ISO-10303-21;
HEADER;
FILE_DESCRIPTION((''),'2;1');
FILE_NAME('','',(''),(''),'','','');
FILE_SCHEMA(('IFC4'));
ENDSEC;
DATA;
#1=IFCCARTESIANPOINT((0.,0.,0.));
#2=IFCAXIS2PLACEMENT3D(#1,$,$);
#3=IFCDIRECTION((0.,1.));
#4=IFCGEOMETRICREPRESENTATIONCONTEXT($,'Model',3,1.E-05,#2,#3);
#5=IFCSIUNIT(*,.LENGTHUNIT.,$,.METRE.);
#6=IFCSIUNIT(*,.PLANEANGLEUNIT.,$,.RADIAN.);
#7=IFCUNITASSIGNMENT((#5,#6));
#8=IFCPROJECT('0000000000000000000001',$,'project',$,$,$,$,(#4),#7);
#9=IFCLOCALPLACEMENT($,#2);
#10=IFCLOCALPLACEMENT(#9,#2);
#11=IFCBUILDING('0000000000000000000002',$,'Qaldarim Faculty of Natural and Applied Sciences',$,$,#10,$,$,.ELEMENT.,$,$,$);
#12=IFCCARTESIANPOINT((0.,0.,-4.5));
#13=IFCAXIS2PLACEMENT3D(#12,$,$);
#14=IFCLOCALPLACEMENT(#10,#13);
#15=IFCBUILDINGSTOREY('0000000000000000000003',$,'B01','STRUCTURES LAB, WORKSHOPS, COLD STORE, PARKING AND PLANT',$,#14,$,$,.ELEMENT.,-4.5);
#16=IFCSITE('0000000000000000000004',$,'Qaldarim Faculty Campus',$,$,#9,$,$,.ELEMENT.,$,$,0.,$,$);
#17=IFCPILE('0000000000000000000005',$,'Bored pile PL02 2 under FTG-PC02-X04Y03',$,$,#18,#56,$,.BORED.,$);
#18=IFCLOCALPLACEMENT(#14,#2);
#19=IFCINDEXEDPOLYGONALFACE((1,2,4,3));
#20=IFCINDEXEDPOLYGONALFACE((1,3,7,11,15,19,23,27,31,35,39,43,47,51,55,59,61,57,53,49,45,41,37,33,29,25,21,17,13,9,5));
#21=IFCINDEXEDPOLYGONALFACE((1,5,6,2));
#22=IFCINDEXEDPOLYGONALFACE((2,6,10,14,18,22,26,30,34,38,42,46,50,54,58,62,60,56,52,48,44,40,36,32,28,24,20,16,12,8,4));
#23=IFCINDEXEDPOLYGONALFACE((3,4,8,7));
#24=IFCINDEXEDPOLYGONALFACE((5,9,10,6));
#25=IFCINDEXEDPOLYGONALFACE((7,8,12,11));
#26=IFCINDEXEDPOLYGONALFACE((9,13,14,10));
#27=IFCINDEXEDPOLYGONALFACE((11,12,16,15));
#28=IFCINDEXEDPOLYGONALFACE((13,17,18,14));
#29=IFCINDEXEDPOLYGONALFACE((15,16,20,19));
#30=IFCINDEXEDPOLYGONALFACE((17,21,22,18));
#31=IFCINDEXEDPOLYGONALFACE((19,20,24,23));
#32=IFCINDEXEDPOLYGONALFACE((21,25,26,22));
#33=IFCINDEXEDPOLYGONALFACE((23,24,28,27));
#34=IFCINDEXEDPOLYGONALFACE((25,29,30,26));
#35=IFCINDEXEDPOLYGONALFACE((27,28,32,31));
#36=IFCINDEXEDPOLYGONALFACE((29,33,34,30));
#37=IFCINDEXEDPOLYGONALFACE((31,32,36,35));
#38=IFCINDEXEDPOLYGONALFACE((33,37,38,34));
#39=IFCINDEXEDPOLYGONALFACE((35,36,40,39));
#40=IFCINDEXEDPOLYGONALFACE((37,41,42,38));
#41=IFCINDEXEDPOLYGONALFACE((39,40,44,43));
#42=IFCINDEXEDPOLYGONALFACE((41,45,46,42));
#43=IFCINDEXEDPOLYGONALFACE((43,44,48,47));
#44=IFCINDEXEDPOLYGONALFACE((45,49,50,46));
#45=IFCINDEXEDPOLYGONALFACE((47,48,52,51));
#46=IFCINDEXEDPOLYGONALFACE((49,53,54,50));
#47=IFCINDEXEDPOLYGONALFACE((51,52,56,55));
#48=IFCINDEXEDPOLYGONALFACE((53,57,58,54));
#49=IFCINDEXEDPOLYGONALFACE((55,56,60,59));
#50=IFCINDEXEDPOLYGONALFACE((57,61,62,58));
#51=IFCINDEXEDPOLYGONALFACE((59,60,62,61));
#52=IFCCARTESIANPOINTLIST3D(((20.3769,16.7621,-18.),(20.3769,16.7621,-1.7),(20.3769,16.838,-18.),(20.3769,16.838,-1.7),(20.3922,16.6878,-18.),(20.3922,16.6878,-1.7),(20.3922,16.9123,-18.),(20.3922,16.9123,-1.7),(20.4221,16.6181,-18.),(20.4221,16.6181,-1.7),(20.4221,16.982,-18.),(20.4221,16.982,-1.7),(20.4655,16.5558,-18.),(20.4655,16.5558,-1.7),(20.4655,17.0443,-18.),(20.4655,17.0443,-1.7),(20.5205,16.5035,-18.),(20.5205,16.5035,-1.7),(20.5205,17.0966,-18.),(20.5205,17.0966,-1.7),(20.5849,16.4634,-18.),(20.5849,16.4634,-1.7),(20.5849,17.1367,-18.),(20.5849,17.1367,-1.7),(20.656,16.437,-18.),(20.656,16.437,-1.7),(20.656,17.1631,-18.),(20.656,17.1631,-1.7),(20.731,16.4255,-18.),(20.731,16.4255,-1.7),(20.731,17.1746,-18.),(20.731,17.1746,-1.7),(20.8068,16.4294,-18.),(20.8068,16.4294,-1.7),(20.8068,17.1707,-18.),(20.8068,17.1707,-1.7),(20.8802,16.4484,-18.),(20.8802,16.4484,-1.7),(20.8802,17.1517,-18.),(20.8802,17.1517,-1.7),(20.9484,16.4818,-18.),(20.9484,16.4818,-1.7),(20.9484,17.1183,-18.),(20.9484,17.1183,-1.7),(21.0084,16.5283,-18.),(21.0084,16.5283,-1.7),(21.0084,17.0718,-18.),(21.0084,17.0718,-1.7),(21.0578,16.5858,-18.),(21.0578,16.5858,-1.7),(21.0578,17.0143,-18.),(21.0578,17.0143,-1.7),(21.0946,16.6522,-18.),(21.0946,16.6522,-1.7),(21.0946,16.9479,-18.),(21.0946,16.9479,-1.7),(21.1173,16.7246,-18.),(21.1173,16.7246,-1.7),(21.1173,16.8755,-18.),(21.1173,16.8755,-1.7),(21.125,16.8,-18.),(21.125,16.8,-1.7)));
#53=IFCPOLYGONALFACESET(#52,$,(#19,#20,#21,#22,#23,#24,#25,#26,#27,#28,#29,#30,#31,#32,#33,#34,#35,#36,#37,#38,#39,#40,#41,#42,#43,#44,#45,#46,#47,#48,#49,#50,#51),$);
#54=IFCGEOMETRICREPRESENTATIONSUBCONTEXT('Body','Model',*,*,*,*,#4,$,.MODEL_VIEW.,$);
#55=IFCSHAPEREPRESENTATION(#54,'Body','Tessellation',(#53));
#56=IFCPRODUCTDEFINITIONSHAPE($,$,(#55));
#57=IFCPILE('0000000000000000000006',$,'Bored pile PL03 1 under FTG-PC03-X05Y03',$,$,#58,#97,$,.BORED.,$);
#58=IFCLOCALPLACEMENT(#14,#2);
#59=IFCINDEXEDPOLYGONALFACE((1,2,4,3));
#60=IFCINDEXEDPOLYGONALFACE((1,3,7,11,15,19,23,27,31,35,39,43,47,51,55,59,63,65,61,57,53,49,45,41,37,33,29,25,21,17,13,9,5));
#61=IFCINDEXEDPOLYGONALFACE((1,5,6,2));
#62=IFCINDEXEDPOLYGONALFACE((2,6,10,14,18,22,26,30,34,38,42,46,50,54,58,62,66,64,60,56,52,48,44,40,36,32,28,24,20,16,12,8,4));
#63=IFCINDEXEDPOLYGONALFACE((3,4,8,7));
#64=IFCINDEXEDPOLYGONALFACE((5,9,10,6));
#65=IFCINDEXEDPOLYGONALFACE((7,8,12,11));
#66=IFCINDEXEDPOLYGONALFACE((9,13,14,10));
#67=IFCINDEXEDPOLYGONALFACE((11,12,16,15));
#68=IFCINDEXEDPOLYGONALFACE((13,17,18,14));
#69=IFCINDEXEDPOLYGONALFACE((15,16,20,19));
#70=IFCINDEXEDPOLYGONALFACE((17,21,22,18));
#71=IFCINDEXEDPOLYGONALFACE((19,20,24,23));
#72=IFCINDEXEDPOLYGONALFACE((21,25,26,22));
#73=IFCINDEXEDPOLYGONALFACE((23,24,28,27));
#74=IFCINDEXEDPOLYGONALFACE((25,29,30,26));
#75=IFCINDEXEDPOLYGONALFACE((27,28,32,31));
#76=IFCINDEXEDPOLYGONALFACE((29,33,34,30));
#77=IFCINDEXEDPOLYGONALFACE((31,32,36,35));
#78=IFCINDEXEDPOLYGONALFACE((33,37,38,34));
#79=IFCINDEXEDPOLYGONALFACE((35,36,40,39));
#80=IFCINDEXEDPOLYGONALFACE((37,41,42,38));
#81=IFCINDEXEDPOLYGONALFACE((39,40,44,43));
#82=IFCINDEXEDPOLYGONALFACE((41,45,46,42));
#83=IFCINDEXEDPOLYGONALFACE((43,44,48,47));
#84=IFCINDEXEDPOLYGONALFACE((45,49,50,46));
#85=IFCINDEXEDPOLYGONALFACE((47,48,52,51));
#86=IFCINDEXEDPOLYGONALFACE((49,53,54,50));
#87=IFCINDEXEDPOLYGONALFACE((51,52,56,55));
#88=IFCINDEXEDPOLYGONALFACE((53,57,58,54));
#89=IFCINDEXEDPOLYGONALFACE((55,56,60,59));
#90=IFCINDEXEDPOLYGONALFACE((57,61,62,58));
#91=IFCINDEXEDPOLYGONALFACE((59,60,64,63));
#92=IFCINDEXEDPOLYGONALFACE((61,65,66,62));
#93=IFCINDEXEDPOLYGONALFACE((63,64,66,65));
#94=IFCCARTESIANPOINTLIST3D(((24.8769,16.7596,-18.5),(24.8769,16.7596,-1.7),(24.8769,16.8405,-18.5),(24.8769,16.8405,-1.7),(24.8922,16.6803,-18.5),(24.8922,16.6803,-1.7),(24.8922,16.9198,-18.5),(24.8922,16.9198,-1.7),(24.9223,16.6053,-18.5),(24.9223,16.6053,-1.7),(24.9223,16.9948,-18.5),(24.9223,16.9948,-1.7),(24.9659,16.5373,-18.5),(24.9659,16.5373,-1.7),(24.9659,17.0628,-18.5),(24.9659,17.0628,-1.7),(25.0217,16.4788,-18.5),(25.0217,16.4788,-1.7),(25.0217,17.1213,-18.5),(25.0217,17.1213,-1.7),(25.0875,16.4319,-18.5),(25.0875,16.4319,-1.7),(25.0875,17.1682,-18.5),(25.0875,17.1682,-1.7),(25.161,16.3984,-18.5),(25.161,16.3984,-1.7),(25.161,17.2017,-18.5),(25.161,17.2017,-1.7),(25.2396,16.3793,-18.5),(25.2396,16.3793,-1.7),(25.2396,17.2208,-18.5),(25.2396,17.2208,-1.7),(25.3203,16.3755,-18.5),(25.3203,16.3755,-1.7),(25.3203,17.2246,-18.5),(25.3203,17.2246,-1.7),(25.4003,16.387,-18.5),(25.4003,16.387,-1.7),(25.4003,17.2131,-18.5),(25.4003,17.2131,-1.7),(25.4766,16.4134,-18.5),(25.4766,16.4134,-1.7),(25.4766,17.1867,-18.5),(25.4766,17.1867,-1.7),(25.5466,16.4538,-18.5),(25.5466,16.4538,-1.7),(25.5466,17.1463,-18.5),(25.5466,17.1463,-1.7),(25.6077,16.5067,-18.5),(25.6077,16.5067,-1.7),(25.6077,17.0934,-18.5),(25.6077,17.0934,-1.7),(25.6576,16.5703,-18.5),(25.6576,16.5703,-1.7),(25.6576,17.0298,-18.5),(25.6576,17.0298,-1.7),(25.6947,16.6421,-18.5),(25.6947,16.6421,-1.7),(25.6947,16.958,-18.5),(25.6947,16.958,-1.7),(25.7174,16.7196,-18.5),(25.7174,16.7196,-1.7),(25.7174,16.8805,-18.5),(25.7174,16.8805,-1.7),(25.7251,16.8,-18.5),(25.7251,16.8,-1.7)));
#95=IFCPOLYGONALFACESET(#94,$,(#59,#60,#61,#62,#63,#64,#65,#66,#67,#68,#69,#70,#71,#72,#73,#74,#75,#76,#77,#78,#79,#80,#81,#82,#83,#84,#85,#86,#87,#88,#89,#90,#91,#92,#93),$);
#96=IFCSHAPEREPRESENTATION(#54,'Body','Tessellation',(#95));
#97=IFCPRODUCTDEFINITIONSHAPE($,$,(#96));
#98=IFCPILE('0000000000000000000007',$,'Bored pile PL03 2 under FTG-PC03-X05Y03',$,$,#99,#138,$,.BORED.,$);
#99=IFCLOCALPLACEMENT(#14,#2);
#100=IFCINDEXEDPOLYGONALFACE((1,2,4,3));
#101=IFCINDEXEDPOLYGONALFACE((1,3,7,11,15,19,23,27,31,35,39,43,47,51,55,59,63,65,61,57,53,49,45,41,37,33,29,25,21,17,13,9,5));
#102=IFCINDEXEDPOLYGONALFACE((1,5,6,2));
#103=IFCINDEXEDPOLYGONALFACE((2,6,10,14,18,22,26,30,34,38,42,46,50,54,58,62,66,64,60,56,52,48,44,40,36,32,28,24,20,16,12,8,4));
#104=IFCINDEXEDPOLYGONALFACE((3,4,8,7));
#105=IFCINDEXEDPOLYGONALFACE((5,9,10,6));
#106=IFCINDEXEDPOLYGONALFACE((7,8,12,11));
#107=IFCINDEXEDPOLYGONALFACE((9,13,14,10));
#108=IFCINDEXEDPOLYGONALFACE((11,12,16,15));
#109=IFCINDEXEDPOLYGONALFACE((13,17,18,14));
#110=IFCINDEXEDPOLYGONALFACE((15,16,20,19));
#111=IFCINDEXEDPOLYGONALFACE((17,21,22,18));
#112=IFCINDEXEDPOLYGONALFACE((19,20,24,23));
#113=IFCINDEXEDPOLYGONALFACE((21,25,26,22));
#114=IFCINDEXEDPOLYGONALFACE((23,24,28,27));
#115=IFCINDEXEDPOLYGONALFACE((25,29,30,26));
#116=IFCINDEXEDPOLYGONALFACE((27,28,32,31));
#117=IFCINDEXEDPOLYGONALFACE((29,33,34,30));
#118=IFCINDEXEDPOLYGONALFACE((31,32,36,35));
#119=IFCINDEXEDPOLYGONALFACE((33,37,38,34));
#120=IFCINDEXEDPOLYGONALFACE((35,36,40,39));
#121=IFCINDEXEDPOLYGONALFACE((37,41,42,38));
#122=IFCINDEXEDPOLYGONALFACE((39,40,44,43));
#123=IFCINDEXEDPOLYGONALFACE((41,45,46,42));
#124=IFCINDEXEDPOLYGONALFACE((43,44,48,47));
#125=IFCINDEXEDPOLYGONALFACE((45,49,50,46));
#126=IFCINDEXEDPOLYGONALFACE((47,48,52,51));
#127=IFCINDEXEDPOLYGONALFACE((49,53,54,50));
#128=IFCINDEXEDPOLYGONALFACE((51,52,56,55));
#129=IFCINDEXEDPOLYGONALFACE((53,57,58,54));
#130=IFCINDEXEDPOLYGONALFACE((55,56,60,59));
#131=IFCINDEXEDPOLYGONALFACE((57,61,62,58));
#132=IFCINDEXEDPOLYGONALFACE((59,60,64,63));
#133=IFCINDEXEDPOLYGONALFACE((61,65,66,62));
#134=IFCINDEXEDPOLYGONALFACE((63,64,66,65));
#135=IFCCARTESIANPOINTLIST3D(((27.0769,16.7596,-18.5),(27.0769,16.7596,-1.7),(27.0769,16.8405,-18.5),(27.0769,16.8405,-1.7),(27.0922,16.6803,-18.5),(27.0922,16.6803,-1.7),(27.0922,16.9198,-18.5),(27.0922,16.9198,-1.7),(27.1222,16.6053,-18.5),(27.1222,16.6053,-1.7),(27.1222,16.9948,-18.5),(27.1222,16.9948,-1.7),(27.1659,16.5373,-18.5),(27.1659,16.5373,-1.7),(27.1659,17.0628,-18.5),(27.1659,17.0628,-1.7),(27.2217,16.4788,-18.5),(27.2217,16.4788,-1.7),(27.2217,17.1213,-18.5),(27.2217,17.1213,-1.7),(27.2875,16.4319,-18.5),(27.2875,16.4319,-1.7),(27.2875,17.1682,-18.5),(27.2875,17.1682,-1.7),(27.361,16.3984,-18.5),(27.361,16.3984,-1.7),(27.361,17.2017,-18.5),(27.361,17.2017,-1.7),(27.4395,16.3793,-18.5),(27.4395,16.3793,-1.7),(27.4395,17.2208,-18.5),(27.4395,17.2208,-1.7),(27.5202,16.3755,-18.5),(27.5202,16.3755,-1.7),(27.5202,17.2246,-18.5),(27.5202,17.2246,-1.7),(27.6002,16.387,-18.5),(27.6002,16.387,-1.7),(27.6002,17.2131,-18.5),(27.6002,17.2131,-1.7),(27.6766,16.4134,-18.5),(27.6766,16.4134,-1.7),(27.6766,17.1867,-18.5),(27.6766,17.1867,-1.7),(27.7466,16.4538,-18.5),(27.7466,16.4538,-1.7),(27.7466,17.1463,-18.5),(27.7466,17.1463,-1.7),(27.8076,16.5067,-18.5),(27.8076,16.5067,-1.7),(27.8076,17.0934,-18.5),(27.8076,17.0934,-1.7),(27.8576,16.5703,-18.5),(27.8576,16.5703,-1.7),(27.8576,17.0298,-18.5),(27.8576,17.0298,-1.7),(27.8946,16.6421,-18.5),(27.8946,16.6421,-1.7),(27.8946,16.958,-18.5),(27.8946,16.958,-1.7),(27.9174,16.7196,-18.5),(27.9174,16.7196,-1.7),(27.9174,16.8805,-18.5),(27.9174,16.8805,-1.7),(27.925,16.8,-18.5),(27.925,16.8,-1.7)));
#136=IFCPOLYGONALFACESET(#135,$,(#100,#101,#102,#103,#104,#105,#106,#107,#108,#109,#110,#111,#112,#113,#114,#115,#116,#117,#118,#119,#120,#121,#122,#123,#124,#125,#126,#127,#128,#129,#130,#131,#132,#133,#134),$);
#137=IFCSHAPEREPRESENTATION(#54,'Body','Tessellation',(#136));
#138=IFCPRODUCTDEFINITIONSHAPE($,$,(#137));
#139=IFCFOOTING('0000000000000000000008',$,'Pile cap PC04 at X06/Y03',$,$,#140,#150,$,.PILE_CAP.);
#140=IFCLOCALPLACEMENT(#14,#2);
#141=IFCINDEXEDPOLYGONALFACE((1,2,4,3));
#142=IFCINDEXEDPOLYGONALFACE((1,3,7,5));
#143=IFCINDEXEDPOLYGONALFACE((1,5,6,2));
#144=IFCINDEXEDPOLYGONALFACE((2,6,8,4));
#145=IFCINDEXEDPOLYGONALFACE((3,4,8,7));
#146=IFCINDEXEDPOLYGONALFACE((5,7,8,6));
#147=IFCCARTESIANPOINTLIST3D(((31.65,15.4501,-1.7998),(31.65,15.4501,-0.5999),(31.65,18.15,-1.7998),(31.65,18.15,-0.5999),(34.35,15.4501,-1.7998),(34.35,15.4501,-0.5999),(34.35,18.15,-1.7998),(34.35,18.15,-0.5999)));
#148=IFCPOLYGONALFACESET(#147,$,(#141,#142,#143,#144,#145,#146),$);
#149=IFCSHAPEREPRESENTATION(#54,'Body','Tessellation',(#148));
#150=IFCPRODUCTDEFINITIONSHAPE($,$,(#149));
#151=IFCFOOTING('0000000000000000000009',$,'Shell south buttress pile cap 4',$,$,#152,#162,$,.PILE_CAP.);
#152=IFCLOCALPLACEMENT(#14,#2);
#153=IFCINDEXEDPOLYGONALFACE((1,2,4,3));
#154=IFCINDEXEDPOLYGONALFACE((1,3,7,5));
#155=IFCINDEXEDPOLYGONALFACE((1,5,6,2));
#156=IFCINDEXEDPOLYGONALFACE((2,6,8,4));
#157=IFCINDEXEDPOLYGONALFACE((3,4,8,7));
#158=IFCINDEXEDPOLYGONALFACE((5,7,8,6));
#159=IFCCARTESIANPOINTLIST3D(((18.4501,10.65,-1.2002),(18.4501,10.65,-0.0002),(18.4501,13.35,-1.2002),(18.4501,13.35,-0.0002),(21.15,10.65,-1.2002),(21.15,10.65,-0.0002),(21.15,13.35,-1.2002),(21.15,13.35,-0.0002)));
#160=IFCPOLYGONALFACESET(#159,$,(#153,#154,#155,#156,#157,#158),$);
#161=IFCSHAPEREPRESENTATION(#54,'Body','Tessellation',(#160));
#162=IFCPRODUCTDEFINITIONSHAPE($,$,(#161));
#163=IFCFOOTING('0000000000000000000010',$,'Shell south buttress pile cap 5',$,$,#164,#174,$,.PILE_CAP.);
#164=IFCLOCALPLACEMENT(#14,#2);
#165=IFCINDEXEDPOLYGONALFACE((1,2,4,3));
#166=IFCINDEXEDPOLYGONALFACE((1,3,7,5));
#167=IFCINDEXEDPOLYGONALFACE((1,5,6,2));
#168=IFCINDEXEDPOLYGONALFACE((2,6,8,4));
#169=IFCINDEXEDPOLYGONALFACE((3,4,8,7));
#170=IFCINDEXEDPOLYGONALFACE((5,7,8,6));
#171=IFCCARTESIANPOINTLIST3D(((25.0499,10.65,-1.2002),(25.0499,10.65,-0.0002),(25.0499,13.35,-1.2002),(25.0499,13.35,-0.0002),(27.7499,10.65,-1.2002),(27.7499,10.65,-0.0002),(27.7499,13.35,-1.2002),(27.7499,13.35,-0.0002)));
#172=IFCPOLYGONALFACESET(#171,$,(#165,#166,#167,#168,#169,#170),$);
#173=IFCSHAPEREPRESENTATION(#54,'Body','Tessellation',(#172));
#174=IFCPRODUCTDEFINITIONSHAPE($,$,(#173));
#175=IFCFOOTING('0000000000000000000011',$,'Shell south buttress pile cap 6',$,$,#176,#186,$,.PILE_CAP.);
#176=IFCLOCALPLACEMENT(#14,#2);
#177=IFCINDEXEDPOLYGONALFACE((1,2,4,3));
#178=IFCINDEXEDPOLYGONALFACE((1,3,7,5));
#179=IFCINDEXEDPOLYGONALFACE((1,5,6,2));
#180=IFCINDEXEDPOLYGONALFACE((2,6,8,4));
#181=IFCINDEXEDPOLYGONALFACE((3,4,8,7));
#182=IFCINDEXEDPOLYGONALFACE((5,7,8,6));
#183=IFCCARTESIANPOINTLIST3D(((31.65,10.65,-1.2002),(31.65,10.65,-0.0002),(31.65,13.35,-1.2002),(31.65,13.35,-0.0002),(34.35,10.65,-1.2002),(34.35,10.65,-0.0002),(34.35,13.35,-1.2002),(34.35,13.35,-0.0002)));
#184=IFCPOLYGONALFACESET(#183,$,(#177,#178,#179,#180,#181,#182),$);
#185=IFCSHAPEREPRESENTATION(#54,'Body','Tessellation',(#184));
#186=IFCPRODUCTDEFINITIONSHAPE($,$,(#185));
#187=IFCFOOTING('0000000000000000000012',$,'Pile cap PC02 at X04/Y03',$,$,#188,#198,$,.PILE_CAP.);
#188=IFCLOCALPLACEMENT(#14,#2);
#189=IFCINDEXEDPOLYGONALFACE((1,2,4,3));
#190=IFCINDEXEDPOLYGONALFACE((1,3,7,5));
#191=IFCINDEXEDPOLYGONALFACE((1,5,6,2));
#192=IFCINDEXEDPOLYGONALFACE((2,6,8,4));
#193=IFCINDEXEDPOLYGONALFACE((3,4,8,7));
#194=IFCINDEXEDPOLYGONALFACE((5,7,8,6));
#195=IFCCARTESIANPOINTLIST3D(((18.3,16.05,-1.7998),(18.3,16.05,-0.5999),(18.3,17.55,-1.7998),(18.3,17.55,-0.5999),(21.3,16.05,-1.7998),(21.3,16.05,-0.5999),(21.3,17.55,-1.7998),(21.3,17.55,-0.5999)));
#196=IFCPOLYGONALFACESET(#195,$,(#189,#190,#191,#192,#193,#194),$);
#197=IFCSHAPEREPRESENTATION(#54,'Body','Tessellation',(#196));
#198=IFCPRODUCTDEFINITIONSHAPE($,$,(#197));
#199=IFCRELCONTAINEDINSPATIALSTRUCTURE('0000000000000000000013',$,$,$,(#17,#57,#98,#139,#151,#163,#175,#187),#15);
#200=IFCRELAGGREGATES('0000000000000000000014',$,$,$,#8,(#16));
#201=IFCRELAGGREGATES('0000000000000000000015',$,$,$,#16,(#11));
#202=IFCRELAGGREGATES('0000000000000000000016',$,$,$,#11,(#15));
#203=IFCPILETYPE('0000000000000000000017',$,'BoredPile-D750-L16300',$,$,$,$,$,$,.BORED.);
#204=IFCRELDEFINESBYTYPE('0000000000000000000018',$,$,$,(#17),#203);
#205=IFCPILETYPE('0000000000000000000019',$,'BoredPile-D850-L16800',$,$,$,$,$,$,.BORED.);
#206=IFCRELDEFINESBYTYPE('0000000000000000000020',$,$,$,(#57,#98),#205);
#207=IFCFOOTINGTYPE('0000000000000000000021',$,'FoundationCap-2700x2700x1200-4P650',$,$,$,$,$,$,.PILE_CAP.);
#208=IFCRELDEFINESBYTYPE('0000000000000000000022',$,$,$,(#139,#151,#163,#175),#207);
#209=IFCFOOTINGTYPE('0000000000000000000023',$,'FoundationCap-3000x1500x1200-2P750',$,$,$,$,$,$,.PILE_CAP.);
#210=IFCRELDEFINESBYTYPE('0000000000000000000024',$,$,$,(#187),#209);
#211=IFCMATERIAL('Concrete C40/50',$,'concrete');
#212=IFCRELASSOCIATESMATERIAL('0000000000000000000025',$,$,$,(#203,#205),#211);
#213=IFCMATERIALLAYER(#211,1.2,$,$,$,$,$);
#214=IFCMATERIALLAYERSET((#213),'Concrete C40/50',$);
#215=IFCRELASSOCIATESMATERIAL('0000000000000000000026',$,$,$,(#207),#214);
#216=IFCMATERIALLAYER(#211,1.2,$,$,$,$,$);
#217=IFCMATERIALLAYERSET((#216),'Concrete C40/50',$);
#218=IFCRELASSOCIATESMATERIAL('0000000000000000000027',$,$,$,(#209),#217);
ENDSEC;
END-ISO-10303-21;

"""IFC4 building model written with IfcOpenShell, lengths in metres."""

from ifc_helpers import new_model, si_unit, direction, frame, origin, origin_2d, place, context, subcontext, project, spatial, rectangle, circle, extrude, material, layer, layer_set, material_profile, profile_set, type_object, element, save


model = new_model("IFC4")

# Units and contexts
model_context = context("Model", 3, precision=1e-05, world=origin(), true_north=direction((0.0, 1.0)))
body_context = subcontext(model_context, "Body", "Model", "MODEL_VIEW")
ifc_project = project(units=[si_unit("LENGTHUNIT", "METRE"), si_unit("PLANEANGLEUNIT", "RADIAN")], contexts=[model_context])

# Site, building, storey
site_placement = place(None, origin())
site = spatial("IfcSite", under=ifc_project, at=site_placement, Name="Qaldarim Faculty Campus", CompositionType="ELEMENT", RefElevation=0.0)
building_placement = place(site_placement, origin())
building = spatial("IfcBuilding", under=site, at=building_placement, Name="Qaldarim Faculty of Natural and Applied Sciences", CompositionType="ELEMENT")
storey_placement = place(building_placement, frame((0.0, 0.0, -4.5)))
storey = spatial("IfcBuildingStorey", under=building, at=storey_placement, Name="B01", Description="STRUCTURES LAB, WORKSHOPS, COLD STORE, PARKING AND PLANT", CompositionType="ELEMENT", Elevation=-4.5)

# Piles
ifc_material_1 = material(Name="Concrete C40/50", Category="concrete")
ifc_material_profile_1 = material_profile(ifc_material_1, circle(Radius=0.375, at=origin_2d()), Name="PILE-D750")
ifc_profile_set_1 = profile_set([ifc_material_profile_1], Name="Concrete C40/50")
pile_type_1 = type_object("IfcPileType", Name="BoredPile-D750-L16300", PredefinedType="BORED", material=ifc_profile_set_1)
pile_placement = place(storey_placement, frame((20.75, 16.8, -1.7), z_axis=(0.0, 0.0, -1.0), x_axis=(1.0, 0.0, 0.0)))
element("IfcPile", 1, at=pile_placement, inside=storey, type_object=pile_type_1, Name="Bored pile PL02 2 under FTG-PC02-X04Y03", PredefinedType="BORED", context=body_context, shape_type="SweptSolid", body=[
    extrude(circle(Radius=0.375, at=origin_2d()), origin(), (0.0, 0.0, 1.0), 16.3),
])
ifc_material_profile_2 = material_profile(ifc_material_1, circle(Radius=0.425, at=origin_2d()), Name="PILE-D850")
ifc_profile_set_2 = profile_set([ifc_material_profile_2], Name="Concrete C40/50")
pile_type_2 = type_object("IfcPileType", Name="BoredPile-D850-L16800", PredefinedType="BORED", material=ifc_profile_set_2)
for number, where, z_axis, x_axis, name in (
    (2, (25.3, 16.8, -1.7), (0.0, 0.0, -1.0), (1.0, 0.0, 0.0), "Bored pile PL03 1 under FTG-PC03-X05Y03"),
    (3, (27.5, 16.8, -1.7), (0.0, 0.0, -1.0), (1.0, 0.0, 0.0), "Bored pile PL03 2 under FTG-PC03-X05Y03"),
):
    element("IfcPile", number, at=place(storey_placement, frame(where, z_axis=z_axis, x_axis=x_axis)), inside=storey, type_object=pile_type_2, Name=name, PredefinedType="BORED", context=body_context, shape_type="SweptSolid", body=[
        extrude(circle(Radius=0.425, at=origin_2d()), origin(), (0.0, 0.0, 1.0), 16.8),
    ])

# Footings
ifc_layer_1 = layer(ifc_material_1, 1.2)
ifc_layer_set_1 = layer_set([ifc_layer_1], Name="Concrete C40/50")
footing_type_1 = type_object("IfcFootingType", Name="FoundationCap-2700x2700x1200-4P650", PredefinedType="PILE_CAP", material=ifc_layer_set_1)
for number, where, z_axis, x_axis, name in (
    (4, (33.0, 16.8, -1.7998), (0.0, 0.0, 1.0), (1.0, 0.0, 0.0), "Pile cap PC04 at X06/Y03"),
    (5, (19.8, 12.0, -1.2002), (0.0, 0.0, 1.0), (1.0, 0.0, 0.0), "Shell south buttress pile cap 4"),
    (6, (26.3999, 12.0, -1.2002), (0.0, 0.0, 1.0), (1.0, 0.0, 0.0), "Shell south buttress pile cap 5"),
    (7, (33.0, 12.0, -1.2002), (0.0, 0.0, 1.0), (1.0, 0.0, 0.0), "Shell south buttress pile cap 6"),
):
    element("IfcFooting", number, at=place(storey_placement, frame(where, z_axis=z_axis, x_axis=x_axis)), inside=storey, type_object=footing_type_1, Name=name, PredefinedType="PILE_CAP", context=body_context, shape_type="SweptSolid", body=[
        extrude(rectangle(XDim=2.7, YDim=2.7, at=origin_2d()), origin(), (0.0, 0.0, 1.0), 1.2),
    ])
ifc_layer_2 = layer(ifc_material_1, 1.2)
ifc_layer_set_2 = layer_set([ifc_layer_2], Name="Concrete C40/50")
footing_type_2 = type_object("IfcFootingType", Name="FoundationCap-3000x1500x1200-2P750", PredefinedType="PILE_CAP", material=ifc_layer_set_2)
footing_1_placement = place(storey_placement, frame((19.8, 16.8, -1.7998), z_axis=(0.0, 0.0, 1.0), x_axis=(1.0, 0.0, 0.0)))
element("IfcFooting", 8, at=footing_1_placement, inside=storey, type_object=footing_type_2, Name="Pile cap PC02 at X04/Y03", PredefinedType="PILE_CAP", context=body_context, shape_type="SweptSolid", body=[
    extrude(rectangle(XDim=3.0, YDim=1.5, at=origin_2d()), origin(), (0.0, 0.0, 1.0), 1.2),
])

save(model, "model.ifc")
